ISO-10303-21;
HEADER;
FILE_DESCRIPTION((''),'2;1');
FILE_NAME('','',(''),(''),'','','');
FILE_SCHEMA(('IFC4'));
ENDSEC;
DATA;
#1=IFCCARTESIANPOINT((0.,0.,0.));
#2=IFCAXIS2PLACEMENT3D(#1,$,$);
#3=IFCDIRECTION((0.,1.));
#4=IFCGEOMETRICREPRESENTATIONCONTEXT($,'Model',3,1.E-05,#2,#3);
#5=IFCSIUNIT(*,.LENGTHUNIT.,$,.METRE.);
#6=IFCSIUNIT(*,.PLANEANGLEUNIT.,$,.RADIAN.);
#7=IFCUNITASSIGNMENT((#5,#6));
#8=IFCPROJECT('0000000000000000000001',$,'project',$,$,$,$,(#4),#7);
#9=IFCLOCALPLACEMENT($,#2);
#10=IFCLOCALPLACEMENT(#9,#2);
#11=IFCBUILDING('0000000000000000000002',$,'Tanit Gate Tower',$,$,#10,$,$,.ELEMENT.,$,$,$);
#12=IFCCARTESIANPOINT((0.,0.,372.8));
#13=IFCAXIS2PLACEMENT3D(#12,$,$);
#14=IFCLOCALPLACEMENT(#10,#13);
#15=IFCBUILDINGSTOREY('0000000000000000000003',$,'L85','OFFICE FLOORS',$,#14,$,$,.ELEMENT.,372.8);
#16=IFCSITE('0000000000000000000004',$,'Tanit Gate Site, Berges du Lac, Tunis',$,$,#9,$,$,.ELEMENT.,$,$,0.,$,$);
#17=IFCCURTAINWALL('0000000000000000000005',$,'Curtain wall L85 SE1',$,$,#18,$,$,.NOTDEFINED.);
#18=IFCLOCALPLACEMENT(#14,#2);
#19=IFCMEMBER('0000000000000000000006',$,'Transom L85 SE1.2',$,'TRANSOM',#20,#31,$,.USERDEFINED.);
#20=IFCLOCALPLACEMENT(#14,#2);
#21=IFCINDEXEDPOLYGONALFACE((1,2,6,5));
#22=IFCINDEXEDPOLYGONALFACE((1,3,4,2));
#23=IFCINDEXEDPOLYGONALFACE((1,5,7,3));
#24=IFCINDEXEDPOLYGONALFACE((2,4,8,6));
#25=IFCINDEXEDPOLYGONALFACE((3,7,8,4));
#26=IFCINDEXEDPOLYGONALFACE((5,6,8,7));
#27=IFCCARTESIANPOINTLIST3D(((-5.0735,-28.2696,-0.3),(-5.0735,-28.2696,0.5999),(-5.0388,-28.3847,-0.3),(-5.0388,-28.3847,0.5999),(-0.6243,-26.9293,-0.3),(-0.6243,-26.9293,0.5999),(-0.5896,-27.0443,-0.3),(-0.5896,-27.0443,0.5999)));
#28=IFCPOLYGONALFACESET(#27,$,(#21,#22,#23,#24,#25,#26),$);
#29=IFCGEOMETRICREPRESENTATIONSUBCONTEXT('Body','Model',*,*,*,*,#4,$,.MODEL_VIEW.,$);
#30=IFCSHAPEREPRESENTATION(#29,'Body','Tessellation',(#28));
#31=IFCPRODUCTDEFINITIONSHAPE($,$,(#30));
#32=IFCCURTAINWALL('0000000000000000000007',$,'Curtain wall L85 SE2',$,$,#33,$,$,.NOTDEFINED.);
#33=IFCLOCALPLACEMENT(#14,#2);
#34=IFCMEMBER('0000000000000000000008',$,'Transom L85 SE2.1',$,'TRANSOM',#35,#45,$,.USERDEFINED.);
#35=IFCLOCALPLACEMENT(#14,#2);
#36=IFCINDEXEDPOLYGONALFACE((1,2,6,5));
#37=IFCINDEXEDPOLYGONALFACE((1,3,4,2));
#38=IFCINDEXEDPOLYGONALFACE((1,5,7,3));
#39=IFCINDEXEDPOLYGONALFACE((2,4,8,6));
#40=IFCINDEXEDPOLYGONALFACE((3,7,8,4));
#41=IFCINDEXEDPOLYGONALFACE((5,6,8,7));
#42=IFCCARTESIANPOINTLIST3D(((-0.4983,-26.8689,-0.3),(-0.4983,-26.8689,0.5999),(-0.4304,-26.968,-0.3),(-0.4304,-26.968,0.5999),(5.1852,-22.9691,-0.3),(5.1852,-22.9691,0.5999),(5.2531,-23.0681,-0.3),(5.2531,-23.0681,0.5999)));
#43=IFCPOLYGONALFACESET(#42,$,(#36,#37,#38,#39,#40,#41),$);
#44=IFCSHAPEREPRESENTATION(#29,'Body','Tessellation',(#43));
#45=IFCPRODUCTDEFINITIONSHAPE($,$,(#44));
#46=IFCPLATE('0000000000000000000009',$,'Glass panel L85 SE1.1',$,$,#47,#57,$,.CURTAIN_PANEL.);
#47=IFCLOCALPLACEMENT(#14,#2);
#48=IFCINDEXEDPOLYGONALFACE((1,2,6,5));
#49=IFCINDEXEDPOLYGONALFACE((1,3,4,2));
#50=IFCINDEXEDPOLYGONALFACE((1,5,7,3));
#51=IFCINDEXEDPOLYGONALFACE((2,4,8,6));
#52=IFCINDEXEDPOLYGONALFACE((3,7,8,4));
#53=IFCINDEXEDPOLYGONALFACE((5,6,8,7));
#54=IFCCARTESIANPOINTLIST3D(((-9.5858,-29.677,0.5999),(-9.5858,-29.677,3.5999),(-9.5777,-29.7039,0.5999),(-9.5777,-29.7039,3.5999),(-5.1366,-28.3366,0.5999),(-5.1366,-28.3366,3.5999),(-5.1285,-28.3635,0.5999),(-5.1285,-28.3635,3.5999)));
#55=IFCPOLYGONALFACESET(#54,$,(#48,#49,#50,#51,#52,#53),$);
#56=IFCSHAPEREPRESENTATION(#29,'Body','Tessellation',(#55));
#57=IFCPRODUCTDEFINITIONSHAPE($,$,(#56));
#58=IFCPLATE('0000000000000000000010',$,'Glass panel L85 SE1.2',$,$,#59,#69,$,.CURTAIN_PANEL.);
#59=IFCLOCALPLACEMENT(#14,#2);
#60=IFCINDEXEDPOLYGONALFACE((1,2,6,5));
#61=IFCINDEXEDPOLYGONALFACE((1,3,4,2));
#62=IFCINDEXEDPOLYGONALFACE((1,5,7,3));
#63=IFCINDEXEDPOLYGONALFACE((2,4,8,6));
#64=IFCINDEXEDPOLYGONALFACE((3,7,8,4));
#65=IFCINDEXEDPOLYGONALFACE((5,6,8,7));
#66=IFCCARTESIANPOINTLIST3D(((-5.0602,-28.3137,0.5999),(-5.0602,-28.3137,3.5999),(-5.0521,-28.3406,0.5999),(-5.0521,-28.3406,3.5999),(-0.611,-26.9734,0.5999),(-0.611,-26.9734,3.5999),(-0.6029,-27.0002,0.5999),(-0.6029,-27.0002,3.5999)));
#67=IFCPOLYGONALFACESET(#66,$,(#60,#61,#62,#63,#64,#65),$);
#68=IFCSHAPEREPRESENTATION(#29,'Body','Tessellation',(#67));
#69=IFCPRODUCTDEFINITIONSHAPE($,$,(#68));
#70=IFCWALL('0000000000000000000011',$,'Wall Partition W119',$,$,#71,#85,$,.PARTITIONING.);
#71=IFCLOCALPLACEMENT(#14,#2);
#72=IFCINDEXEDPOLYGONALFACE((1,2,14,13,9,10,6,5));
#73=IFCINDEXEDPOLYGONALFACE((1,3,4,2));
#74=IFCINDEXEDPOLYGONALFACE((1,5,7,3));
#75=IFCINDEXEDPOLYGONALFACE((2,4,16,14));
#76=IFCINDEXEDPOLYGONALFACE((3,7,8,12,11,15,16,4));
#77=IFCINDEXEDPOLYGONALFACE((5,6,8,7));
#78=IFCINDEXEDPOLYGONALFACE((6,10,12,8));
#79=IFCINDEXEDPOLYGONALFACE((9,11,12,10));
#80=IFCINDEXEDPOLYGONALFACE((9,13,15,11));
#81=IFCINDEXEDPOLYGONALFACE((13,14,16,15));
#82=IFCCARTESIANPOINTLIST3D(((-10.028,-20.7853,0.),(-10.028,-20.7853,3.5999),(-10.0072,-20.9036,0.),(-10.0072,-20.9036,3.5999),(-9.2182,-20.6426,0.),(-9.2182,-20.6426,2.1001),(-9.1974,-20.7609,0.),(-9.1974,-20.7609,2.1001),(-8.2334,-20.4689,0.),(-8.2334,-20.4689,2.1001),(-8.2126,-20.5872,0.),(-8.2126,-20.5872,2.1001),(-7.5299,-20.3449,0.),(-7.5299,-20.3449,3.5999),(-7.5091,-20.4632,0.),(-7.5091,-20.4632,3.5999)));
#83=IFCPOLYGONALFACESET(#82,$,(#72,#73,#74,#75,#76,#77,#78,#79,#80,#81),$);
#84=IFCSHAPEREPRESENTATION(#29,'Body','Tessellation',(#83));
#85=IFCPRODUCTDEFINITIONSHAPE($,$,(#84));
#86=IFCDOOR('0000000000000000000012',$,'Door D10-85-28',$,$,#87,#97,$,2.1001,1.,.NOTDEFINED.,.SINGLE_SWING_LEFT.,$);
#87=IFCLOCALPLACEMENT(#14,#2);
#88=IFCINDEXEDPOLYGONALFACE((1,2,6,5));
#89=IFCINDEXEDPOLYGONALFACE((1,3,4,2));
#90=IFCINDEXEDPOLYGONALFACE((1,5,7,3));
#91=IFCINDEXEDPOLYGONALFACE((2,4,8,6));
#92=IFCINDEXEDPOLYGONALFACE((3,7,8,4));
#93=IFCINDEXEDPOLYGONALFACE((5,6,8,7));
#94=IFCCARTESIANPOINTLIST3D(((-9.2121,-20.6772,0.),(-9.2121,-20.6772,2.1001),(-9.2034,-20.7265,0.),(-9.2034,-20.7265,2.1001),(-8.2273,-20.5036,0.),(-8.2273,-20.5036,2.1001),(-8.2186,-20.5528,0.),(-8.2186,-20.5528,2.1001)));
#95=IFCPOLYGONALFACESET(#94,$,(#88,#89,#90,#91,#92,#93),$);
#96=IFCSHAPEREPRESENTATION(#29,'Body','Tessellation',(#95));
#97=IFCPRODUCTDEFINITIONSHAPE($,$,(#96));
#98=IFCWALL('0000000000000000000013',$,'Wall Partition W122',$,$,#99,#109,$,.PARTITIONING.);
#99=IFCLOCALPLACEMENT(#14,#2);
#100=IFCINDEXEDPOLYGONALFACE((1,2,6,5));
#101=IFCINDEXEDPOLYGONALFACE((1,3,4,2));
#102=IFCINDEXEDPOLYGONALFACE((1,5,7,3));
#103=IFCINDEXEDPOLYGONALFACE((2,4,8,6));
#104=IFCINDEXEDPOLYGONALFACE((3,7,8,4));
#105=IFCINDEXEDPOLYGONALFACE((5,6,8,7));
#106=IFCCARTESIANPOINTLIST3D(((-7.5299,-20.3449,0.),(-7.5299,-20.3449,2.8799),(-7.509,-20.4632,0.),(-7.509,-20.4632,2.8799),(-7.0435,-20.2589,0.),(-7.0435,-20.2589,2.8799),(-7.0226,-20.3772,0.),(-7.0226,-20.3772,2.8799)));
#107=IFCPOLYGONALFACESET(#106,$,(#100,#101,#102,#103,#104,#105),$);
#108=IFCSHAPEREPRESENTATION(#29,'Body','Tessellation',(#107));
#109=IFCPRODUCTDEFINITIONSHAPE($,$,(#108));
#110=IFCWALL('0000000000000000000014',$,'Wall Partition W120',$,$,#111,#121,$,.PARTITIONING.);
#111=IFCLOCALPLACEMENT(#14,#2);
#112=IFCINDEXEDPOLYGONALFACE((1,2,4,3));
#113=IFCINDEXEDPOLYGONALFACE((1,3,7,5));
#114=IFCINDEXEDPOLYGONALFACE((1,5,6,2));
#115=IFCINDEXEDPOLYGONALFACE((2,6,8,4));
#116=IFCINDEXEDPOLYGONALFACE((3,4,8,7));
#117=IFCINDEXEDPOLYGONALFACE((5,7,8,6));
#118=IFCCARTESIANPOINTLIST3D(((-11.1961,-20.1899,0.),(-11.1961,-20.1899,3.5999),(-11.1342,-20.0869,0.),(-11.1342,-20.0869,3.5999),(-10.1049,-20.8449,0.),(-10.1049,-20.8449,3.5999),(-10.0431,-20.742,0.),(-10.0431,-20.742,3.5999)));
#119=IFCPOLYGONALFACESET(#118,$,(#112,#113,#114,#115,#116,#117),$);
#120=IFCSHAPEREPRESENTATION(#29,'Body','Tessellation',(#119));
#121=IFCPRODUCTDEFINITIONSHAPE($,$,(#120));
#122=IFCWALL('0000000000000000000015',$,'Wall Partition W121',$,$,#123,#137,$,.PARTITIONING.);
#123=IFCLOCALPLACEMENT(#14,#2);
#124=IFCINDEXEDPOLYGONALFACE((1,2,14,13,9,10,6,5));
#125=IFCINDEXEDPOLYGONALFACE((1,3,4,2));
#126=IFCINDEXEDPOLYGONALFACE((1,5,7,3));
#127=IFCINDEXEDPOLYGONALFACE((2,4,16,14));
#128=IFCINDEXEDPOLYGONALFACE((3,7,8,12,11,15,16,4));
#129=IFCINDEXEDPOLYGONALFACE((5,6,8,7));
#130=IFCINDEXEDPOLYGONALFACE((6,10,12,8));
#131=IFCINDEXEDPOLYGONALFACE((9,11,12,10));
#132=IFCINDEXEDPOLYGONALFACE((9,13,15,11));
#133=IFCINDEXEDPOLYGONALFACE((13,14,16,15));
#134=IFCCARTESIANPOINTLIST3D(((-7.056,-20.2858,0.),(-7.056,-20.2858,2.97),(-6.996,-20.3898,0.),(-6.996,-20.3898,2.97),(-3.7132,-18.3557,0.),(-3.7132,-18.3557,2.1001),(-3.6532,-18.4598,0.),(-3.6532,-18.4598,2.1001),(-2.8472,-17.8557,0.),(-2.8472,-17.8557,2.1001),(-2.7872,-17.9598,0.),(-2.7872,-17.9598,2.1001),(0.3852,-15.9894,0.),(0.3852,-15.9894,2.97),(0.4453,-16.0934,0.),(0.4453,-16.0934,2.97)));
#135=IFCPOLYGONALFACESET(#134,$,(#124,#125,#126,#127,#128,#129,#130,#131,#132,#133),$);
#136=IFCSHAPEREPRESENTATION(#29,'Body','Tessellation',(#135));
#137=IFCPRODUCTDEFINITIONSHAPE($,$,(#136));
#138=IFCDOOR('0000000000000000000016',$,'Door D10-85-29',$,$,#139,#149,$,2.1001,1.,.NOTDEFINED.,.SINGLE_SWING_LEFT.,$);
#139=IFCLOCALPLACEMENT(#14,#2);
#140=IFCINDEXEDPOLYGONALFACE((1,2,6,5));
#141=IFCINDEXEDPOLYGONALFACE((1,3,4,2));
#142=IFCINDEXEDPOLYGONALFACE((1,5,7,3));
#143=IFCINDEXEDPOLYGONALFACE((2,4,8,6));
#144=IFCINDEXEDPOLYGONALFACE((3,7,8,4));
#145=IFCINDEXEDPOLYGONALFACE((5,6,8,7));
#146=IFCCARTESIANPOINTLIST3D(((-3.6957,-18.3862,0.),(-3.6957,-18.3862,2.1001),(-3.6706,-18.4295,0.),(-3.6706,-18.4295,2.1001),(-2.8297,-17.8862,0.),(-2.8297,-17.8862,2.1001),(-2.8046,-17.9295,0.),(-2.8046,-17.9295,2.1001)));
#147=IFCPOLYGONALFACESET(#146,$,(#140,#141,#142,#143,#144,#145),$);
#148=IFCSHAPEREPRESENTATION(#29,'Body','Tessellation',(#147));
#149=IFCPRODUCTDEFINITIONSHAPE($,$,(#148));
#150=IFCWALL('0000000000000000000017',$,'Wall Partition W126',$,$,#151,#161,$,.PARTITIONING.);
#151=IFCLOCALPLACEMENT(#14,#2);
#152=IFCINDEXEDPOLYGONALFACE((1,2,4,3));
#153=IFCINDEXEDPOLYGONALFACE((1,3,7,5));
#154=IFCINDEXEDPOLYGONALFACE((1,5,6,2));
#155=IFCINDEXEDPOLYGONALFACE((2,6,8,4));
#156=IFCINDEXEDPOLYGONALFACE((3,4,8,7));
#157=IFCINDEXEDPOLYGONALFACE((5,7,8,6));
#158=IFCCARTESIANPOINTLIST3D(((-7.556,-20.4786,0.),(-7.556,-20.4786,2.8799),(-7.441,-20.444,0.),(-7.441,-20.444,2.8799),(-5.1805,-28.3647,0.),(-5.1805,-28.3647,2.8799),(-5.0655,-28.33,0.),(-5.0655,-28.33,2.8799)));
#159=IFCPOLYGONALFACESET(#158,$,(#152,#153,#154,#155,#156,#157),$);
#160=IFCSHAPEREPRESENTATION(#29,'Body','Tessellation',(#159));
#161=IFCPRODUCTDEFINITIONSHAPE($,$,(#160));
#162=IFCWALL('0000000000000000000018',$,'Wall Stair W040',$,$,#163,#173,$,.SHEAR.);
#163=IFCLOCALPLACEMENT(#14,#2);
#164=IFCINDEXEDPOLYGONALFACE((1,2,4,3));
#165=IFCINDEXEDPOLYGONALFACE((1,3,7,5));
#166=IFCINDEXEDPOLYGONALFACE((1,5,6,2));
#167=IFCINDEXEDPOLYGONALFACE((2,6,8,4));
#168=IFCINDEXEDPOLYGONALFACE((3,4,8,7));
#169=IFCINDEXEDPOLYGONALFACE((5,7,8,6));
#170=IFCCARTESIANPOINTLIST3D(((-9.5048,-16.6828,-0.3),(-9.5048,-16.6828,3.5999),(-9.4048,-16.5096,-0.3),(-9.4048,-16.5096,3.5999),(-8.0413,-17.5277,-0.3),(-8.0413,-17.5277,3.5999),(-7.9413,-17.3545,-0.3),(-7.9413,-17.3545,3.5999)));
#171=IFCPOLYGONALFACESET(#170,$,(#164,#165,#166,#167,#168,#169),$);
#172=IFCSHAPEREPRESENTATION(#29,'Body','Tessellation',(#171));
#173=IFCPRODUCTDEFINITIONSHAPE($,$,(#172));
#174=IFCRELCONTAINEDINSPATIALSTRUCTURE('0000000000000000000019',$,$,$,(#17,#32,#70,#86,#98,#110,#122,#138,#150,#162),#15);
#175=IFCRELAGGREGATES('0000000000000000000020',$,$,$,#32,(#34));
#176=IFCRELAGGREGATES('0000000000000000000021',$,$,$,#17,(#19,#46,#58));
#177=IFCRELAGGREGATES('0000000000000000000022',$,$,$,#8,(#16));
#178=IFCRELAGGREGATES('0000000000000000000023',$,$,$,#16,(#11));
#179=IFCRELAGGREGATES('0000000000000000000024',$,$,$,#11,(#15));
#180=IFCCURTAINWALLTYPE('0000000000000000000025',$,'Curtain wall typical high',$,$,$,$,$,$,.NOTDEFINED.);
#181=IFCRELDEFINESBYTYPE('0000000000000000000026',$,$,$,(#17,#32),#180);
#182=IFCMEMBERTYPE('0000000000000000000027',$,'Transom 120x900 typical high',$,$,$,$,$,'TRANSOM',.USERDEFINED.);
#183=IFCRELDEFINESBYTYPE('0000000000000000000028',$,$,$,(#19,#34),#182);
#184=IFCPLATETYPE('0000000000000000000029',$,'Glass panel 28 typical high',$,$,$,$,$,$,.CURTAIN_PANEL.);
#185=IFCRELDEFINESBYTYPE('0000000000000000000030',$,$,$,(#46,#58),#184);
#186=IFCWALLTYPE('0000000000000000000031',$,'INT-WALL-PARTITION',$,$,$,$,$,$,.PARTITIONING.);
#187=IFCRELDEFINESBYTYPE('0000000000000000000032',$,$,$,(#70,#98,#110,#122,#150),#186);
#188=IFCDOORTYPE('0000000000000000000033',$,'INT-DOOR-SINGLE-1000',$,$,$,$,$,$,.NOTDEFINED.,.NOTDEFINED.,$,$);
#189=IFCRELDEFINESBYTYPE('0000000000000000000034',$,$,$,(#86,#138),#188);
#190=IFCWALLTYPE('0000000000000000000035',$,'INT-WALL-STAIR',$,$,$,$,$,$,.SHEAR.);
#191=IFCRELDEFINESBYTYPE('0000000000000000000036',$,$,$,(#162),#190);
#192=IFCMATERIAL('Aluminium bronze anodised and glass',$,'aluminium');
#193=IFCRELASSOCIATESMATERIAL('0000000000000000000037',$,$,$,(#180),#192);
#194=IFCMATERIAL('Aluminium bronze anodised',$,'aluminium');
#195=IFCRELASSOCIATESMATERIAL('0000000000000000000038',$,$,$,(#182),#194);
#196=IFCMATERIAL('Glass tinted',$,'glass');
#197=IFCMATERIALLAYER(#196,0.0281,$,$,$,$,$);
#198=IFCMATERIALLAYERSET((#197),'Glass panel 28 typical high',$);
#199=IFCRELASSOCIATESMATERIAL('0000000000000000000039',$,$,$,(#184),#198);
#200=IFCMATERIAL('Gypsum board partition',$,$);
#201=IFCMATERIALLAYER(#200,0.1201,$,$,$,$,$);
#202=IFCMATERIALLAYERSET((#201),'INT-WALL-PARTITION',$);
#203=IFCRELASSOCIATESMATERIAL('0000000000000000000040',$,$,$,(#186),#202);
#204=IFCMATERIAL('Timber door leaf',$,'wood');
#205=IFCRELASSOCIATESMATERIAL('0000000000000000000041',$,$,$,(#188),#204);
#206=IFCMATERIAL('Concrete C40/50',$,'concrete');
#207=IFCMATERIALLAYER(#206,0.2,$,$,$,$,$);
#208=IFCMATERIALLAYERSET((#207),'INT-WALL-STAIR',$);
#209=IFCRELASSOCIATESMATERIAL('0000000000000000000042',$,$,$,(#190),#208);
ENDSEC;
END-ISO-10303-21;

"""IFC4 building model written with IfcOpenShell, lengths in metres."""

from ifc_helpers import new_model, si_unit, direction, frame, frame_2d, origin, origin_2d, place, context, subcontext, project, spatial, rectangle, extrude, material, layer, layer_set, material_profile, profile_set, type_object, element, fill, aggregate, save


model = new_model("IFC4")

# Units and contexts
model_context = context("Model", 3, precision=1e-05, world=origin(), true_north=direction((0.0, 1.0)))
body_context = subcontext(model_context, "Body", "Model", "MODEL_VIEW")
ifc_project = project(units=[si_unit("LENGTHUNIT", "METRE"), si_unit("PLANEANGLEUNIT", "RADIAN")], contexts=[model_context])

# Site, building, storey
site_placement = place(None, origin())
site = spatial("IfcSite", under=ifc_project, at=site_placement, Name="Tanit Gate Site, Berges du Lac, Tunis", CompositionType="ELEMENT", RefElevation=0.0)
building_placement = place(site_placement, origin())
building = spatial("IfcBuilding", under=site, at=building_placement, Name="Tanit Gate Tower", CompositionType="ELEMENT")
storey_placement = place(building_placement, frame((0.0, 0.0, 372.8)))
storey = spatial("IfcBuildingStorey", under=building, at=storey_placement, Name="L85", Description="OFFICE FLOORS", CompositionType="ELEMENT", Elevation=372.8)

# Curtain wall
ifc_material_1 = material(Name="Aluminium bronze anodised and glass", Category="aluminium")
curtain_wall_type = type_object("IfcCurtainWallType", Name="Curtain wall typical high", PredefinedType="NOTDEFINED", material=ifc_material_1)
curtain_wall_1_placement = place(storey_placement, origin())
curtain_wall_1 = element("IfcCurtainWall", 1, at=curtain_wall_1_placement, inside=storey, type_object=curtain_wall_type, Name="Curtain wall L85 SE1", PredefinedType="NOTDEFINED")

# Member
ifc_material_2 = material(Name="Aluminium bronze anodised", Category="aluminium")
ifc_material_profile_1 = material_profile(ifc_material_2, rectangle(XDim=0.1201, YDim=0.8999, at=origin_2d()), Name="120x900 bronze transom")
ifc_profile_set_1 = profile_set([ifc_material_profile_1], Name="Aluminium bronze anodised")
member_type_1 = type_object("IfcMemberType", Name="Transom 120x900 typical high", ElementType="TRANSOM", PredefinedType="USERDEFINED", material=ifc_profile_set_1)
member_1_placement = place(storey_placement, frame((-5.0562, -28.3271, 0.1499), z_axis=(0.957496, 0.288447, 0.0), x_axis=(-0.288447, 0.957496, 0.0)))
member_1 = element("IfcMember", 2, at=member_1_placement, type_object=member_type_1, Name="Transom L85 SE1.2", ObjectType="TRANSOM", PredefinedType="USERDEFINED", context=body_context, shape_type="SweptSolid", body=[
    extrude(rectangle(XDim=0.1201, YDim=0.8999, at=origin_2d()), origin(), (0.0, 0.0, 1.0), 4.6467),
])

# Curtain wall, member
curtain_wall_2_placement = place(storey_placement, origin())
curtain_wall_2 = element("IfcCurtainWall", 3, at=curtain_wall_2_placement, inside=storey, type_object=curtain_wall_type, Name="Curtain wall L85 SE2", PredefinedType="NOTDEFINED")
member_2_placement = place(storey_placement, frame((-0.4644, -26.9185, 0.1499), z_axis=(0.824554, 0.565783, 0.0), x_axis=(-0.565783, 0.824554, 0.0)))
member_2 = element("IfcMember", 4, at=member_2_placement, type_object=member_type_1, Name="Transom L85 SE2.1", ObjectType="TRANSOM", PredefinedType="USERDEFINED", context=body_context, shape_type="SweptSolid", body=[
    extrude(rectangle(XDim=0.1201, YDim=0.8999, at=origin_2d()), origin(), (0.0, 0.0, 1.0), 6.8928),
])
aggregate(curtain_wall_2, [member_2])

# Plates
ifc_material_3 = material(Name="Glass tinted", Category="glass")
ifc_layer_1 = layer(ifc_material_3, 0.0281)
ifc_layer_set_1 = layer_set([ifc_layer_1], Name="Glass panel 28 typical high")
plate_type = type_object("IfcPlateType", Name="Glass panel 28 typical high", PredefinedType="CURTAIN_PANEL", material=ifc_layer_set_1)
plate_1_placement = place(storey_placement, frame((-7.3572, -29.0203, 0.5999), z_axis=(0.0, 0.0, 1.0), x_axis=(0.957493, 0.288456, 0.0)))
plate_1 = element("IfcPlate", 5, at=plate_1_placement, type_object=plate_type, Name="Glass panel L85 SE1.1", PredefinedType="CURTAIN_PANEL", context=body_context, shape_type="SweptSolid", body=[
    extrude(rectangle(XDim=4.6467, YDim=0.0281, at=origin_2d()), origin(), (0.0, 0.0, 1.0), 3.0),
])
plate_2_placement = place(storey_placement, frame((-2.8315, -27.657, 0.5999), z_axis=(0.0, 0.0, 1.0), x_axis=(0.957493, 0.288456, 0.0)))
plate_2 = element("IfcPlate", 6, at=plate_2_placement, type_object=plate_type, Name="Glass panel L85 SE1.2", PredefinedType="CURTAIN_PANEL", context=body_context, shape_type="SweptSolid", body=[
    extrude(rectangle(XDim=4.6467, YDim=0.0281, at=origin_2d()), origin(), (0.0, 0.0, 1.0), 3.0),
])
aggregate(curtain_wall_1, [member_1, plate_1, plate_2])

# Wall, opening, door
ifc_material_4 = material(Name="Gypsum board partition")
ifc_layer_2 = layer(ifc_material_4, 0.1201)
ifc_layer_set_2 = layer_set([ifc_layer_2], Name="INT-WALL-PARTITION")
wall_type_1 = type_object("IfcWallType", Name="INT-WALL-PARTITION", PredefinedType="PARTITIONING", material=ifc_layer_set_2)
wall_1_placement = place(storey_placement, frame((-10.0176, -20.8445, 0.0), z_axis=(0.0, 0.0, 1.0), x_axis=(0.984811, 0.173632, 0.0)))
wall_1 = element("IfcWall", 7, at=wall_1_placement, inside=storey, type_object=wall_type_1, Name="Wall Partition W119", PredefinedType="PARTITIONING", context=body_context, shape_type="SweptSolid", body=[
    extrude(rectangle(XDim=2.5366, YDim=0.1201, at=frame_2d((1.2683, 0.0))), origin(), (0.0, 0.0, 1.0), 3.5999),
])
opening_1_placement = place(wall_1_placement, frame((0.8223, 0.0, 0.0)))
opening_1 = element("IfcOpeningElement", 8, at=opening_1_placement, cuts=wall_1, PredefinedType="OPENING", context=body_context, shape_type="SweptSolid", body=[
    extrude(rectangle(XDim=1.0, YDim=2.1001, at=frame_2d((0.5, 1.05))), frame((0.0, 0.0701, 0.0), z_axis=(0.0, -1.0, 0.0), x_axis=(1.0, 0.0, 0.0)), (0.0, 0.0, 1.0), 0.1401),
])
ifc_material_5 = material(Name="Timber door leaf", Category="wood")
door_type_1 = type_object("IfcDoorType", Name="INT-DOOR-SINGLE-1000", OperationType="NOTDEFINED", PredefinedType="NOTDEFINED", material=ifc_material_5)
door_1_placement = place(opening_1_placement, origin())
door_1 = element("IfcDoor", 9, at=door_1_placement, inside=storey, type_object=door_type_1, Name="Door D10-85-28", OperationType="SINGLE_SWING_LEFT", OverallHeight=2.1001, OverallWidth=1.0, PredefinedType="NOTDEFINED", context=body_context, shape_type="SweptSolid", body=[
    extrude(rectangle(XDim=1.0, YDim=2.1001, at=frame_2d((0.5, 1.05))), frame((0.0, 0.0249, 0.0), z_axis=(0.0, -1.0, 0.0), x_axis=(1.0, 0.0, 0.0)), (0.0, 0.0, 1.0), 0.05),
])
fill(opening_1, door_1)

# Walls
wall_2_placement = place(storey_placement, frame((-7.5195, -20.4041, 0.0), z_axis=(0.0, 0.0, 1.0), x_axis=(0.984744, 0.174011, 0.0)))
element("IfcWall", 10, at=wall_2_placement, inside=storey, type_object=wall_type_1, Name="Wall Partition W122", PredefinedType="PARTITIONING", context=body_context, shape_type="SweptSolid", body=[
    extrude(rectangle(XDim=0.4939, YDim=0.1201, at=frame_2d((0.2471, 0.0))), origin(), (0.0, 0.0, 1.0), 2.8799),
])
wall_3_placement = place(storey_placement, frame((-11.165, -20.1384, 0.0), z_axis=(0.0, 0.0, 1.0), x_axis=(0.857357, -0.514721, 0.0)))
element("IfcWall", 11, at=wall_3_placement, inside=storey, type_object=wall_type_1, Name="Wall Partition W120", PredefinedType="PARTITIONING", context=body_context, shape_type="SweptSolid", body=[
    extrude(rectangle(XDim=1.2727, YDim=0.1201, at=frame_2d((0.6362, 0.0))), origin(), (0.0, 0.0, 1.0), 3.5999),
])

# Wall, opening, door
wall_4_placement = place(storey_placement, frame((-7.0261, -20.3379, 0.0), z_axis=(0.0, 0.0, 1.0), x_axis=(0.866014, 0.50002, 0.0)))
wall_4 = element("IfcWall", 12, at=wall_4_placement, inside=storey, type_object=wall_type_1, Name="Wall Partition W121", PredefinedType="PARTITIONING", context=body_context, shape_type="SweptSolid", body=[
    extrude(rectangle(XDim=8.5925, YDim=0.1201, at=frame_2d((4.2964, 0.0))), origin(), (0.0, 0.0, 1.0), 2.97),
])
opening_2_placement = place(wall_4_placement, frame((3.8601, 0.0, 0.0)))
opening_2 = element("IfcOpeningElement", 13, at=opening_2_placement, cuts=wall_4, PredefinedType="OPENING", context=body_context, shape_type="SweptSolid", body=[
    extrude(rectangle(XDim=1.0, YDim=2.1001, at=frame_2d((0.5, 1.05))), frame((0.0, 0.0701, 0.0), z_axis=(0.0, -1.0, 0.0), x_axis=(1.0, 0.0, 0.0)), (0.0, 0.0, 1.0), 0.1401),
])
door_2_placement = place(opening_2_placement, origin())
door_2 = element("IfcDoor", 14, at=door_2_placement, inside=storey, type_object=door_type_1, Name="Door D10-85-29", OperationType="SINGLE_SWING_LEFT", OverallHeight=2.1001, OverallWidth=1.0, PredefinedType="NOTDEFINED", context=body_context, shape_type="SweptSolid", body=[
    extrude(rectangle(XDim=1.0, YDim=2.1001, at=frame_2d((0.5, 1.05))), frame((0.0, 0.0249, 0.0), z_axis=(0.0, -1.0, 0.0), x_axis=(1.0, 0.0, 0.0)), (0.0, 0.0, 1.0), 0.05),
])
fill(opening_2, door_2)

# Walls
wall_5_placement = place(storey_placement, frame((-7.4985, -20.4612, 0.0), z_axis=(0.0, 0.0, 1.0), x_axis=(0.288427, -0.957502, 0.0)))
element("IfcWall", 15, at=wall_5_placement, inside=storey, type_object=wall_type_1, Name="Wall Partition W126", PredefinedType="PARTITIONING", context=body_context, shape_type="SweptSolid", body=[
    extrude(rectangle(XDim=8.2361, YDim=0.1201, at=frame_2d((4.1182, 0.0))), origin(), (0.0, 0.0, 1.0), 2.8799),
])
ifc_material_6 = material(Name="Concrete C40/50", Category="concrete")
ifc_layer_3 = layer(ifc_material_6, 0.2)
ifc_layer_set_3 = layer_set([ifc_layer_3], Name="INT-WALL-STAIR")
wall_type_2 = type_object("IfcWallType", Name="INT-WALL-STAIR", PredefinedType="SHEAR", material=ifc_layer_set_3)
wall_6_placement = place(storey_placement, frame((-9.4548, -16.5962, -0.3), z_axis=(0.0, 0.0, 1.0), x_axis=(0.866039, -0.499977, 0.0)))
element("IfcWall", 16, at=wall_6_placement, inside=storey, type_object=wall_type_2, Name="Wall Stair W040", PredefinedType="SHEAR", context=body_context, shape_type="SweptSolid", body=[
    extrude(rectangle(XDim=1.6899, YDim=0.2, at=frame_2d((0.845, 0.0))), origin(), (0.0, 0.0, 1.0), 3.8999),
])

save(model, "model.ifc")
